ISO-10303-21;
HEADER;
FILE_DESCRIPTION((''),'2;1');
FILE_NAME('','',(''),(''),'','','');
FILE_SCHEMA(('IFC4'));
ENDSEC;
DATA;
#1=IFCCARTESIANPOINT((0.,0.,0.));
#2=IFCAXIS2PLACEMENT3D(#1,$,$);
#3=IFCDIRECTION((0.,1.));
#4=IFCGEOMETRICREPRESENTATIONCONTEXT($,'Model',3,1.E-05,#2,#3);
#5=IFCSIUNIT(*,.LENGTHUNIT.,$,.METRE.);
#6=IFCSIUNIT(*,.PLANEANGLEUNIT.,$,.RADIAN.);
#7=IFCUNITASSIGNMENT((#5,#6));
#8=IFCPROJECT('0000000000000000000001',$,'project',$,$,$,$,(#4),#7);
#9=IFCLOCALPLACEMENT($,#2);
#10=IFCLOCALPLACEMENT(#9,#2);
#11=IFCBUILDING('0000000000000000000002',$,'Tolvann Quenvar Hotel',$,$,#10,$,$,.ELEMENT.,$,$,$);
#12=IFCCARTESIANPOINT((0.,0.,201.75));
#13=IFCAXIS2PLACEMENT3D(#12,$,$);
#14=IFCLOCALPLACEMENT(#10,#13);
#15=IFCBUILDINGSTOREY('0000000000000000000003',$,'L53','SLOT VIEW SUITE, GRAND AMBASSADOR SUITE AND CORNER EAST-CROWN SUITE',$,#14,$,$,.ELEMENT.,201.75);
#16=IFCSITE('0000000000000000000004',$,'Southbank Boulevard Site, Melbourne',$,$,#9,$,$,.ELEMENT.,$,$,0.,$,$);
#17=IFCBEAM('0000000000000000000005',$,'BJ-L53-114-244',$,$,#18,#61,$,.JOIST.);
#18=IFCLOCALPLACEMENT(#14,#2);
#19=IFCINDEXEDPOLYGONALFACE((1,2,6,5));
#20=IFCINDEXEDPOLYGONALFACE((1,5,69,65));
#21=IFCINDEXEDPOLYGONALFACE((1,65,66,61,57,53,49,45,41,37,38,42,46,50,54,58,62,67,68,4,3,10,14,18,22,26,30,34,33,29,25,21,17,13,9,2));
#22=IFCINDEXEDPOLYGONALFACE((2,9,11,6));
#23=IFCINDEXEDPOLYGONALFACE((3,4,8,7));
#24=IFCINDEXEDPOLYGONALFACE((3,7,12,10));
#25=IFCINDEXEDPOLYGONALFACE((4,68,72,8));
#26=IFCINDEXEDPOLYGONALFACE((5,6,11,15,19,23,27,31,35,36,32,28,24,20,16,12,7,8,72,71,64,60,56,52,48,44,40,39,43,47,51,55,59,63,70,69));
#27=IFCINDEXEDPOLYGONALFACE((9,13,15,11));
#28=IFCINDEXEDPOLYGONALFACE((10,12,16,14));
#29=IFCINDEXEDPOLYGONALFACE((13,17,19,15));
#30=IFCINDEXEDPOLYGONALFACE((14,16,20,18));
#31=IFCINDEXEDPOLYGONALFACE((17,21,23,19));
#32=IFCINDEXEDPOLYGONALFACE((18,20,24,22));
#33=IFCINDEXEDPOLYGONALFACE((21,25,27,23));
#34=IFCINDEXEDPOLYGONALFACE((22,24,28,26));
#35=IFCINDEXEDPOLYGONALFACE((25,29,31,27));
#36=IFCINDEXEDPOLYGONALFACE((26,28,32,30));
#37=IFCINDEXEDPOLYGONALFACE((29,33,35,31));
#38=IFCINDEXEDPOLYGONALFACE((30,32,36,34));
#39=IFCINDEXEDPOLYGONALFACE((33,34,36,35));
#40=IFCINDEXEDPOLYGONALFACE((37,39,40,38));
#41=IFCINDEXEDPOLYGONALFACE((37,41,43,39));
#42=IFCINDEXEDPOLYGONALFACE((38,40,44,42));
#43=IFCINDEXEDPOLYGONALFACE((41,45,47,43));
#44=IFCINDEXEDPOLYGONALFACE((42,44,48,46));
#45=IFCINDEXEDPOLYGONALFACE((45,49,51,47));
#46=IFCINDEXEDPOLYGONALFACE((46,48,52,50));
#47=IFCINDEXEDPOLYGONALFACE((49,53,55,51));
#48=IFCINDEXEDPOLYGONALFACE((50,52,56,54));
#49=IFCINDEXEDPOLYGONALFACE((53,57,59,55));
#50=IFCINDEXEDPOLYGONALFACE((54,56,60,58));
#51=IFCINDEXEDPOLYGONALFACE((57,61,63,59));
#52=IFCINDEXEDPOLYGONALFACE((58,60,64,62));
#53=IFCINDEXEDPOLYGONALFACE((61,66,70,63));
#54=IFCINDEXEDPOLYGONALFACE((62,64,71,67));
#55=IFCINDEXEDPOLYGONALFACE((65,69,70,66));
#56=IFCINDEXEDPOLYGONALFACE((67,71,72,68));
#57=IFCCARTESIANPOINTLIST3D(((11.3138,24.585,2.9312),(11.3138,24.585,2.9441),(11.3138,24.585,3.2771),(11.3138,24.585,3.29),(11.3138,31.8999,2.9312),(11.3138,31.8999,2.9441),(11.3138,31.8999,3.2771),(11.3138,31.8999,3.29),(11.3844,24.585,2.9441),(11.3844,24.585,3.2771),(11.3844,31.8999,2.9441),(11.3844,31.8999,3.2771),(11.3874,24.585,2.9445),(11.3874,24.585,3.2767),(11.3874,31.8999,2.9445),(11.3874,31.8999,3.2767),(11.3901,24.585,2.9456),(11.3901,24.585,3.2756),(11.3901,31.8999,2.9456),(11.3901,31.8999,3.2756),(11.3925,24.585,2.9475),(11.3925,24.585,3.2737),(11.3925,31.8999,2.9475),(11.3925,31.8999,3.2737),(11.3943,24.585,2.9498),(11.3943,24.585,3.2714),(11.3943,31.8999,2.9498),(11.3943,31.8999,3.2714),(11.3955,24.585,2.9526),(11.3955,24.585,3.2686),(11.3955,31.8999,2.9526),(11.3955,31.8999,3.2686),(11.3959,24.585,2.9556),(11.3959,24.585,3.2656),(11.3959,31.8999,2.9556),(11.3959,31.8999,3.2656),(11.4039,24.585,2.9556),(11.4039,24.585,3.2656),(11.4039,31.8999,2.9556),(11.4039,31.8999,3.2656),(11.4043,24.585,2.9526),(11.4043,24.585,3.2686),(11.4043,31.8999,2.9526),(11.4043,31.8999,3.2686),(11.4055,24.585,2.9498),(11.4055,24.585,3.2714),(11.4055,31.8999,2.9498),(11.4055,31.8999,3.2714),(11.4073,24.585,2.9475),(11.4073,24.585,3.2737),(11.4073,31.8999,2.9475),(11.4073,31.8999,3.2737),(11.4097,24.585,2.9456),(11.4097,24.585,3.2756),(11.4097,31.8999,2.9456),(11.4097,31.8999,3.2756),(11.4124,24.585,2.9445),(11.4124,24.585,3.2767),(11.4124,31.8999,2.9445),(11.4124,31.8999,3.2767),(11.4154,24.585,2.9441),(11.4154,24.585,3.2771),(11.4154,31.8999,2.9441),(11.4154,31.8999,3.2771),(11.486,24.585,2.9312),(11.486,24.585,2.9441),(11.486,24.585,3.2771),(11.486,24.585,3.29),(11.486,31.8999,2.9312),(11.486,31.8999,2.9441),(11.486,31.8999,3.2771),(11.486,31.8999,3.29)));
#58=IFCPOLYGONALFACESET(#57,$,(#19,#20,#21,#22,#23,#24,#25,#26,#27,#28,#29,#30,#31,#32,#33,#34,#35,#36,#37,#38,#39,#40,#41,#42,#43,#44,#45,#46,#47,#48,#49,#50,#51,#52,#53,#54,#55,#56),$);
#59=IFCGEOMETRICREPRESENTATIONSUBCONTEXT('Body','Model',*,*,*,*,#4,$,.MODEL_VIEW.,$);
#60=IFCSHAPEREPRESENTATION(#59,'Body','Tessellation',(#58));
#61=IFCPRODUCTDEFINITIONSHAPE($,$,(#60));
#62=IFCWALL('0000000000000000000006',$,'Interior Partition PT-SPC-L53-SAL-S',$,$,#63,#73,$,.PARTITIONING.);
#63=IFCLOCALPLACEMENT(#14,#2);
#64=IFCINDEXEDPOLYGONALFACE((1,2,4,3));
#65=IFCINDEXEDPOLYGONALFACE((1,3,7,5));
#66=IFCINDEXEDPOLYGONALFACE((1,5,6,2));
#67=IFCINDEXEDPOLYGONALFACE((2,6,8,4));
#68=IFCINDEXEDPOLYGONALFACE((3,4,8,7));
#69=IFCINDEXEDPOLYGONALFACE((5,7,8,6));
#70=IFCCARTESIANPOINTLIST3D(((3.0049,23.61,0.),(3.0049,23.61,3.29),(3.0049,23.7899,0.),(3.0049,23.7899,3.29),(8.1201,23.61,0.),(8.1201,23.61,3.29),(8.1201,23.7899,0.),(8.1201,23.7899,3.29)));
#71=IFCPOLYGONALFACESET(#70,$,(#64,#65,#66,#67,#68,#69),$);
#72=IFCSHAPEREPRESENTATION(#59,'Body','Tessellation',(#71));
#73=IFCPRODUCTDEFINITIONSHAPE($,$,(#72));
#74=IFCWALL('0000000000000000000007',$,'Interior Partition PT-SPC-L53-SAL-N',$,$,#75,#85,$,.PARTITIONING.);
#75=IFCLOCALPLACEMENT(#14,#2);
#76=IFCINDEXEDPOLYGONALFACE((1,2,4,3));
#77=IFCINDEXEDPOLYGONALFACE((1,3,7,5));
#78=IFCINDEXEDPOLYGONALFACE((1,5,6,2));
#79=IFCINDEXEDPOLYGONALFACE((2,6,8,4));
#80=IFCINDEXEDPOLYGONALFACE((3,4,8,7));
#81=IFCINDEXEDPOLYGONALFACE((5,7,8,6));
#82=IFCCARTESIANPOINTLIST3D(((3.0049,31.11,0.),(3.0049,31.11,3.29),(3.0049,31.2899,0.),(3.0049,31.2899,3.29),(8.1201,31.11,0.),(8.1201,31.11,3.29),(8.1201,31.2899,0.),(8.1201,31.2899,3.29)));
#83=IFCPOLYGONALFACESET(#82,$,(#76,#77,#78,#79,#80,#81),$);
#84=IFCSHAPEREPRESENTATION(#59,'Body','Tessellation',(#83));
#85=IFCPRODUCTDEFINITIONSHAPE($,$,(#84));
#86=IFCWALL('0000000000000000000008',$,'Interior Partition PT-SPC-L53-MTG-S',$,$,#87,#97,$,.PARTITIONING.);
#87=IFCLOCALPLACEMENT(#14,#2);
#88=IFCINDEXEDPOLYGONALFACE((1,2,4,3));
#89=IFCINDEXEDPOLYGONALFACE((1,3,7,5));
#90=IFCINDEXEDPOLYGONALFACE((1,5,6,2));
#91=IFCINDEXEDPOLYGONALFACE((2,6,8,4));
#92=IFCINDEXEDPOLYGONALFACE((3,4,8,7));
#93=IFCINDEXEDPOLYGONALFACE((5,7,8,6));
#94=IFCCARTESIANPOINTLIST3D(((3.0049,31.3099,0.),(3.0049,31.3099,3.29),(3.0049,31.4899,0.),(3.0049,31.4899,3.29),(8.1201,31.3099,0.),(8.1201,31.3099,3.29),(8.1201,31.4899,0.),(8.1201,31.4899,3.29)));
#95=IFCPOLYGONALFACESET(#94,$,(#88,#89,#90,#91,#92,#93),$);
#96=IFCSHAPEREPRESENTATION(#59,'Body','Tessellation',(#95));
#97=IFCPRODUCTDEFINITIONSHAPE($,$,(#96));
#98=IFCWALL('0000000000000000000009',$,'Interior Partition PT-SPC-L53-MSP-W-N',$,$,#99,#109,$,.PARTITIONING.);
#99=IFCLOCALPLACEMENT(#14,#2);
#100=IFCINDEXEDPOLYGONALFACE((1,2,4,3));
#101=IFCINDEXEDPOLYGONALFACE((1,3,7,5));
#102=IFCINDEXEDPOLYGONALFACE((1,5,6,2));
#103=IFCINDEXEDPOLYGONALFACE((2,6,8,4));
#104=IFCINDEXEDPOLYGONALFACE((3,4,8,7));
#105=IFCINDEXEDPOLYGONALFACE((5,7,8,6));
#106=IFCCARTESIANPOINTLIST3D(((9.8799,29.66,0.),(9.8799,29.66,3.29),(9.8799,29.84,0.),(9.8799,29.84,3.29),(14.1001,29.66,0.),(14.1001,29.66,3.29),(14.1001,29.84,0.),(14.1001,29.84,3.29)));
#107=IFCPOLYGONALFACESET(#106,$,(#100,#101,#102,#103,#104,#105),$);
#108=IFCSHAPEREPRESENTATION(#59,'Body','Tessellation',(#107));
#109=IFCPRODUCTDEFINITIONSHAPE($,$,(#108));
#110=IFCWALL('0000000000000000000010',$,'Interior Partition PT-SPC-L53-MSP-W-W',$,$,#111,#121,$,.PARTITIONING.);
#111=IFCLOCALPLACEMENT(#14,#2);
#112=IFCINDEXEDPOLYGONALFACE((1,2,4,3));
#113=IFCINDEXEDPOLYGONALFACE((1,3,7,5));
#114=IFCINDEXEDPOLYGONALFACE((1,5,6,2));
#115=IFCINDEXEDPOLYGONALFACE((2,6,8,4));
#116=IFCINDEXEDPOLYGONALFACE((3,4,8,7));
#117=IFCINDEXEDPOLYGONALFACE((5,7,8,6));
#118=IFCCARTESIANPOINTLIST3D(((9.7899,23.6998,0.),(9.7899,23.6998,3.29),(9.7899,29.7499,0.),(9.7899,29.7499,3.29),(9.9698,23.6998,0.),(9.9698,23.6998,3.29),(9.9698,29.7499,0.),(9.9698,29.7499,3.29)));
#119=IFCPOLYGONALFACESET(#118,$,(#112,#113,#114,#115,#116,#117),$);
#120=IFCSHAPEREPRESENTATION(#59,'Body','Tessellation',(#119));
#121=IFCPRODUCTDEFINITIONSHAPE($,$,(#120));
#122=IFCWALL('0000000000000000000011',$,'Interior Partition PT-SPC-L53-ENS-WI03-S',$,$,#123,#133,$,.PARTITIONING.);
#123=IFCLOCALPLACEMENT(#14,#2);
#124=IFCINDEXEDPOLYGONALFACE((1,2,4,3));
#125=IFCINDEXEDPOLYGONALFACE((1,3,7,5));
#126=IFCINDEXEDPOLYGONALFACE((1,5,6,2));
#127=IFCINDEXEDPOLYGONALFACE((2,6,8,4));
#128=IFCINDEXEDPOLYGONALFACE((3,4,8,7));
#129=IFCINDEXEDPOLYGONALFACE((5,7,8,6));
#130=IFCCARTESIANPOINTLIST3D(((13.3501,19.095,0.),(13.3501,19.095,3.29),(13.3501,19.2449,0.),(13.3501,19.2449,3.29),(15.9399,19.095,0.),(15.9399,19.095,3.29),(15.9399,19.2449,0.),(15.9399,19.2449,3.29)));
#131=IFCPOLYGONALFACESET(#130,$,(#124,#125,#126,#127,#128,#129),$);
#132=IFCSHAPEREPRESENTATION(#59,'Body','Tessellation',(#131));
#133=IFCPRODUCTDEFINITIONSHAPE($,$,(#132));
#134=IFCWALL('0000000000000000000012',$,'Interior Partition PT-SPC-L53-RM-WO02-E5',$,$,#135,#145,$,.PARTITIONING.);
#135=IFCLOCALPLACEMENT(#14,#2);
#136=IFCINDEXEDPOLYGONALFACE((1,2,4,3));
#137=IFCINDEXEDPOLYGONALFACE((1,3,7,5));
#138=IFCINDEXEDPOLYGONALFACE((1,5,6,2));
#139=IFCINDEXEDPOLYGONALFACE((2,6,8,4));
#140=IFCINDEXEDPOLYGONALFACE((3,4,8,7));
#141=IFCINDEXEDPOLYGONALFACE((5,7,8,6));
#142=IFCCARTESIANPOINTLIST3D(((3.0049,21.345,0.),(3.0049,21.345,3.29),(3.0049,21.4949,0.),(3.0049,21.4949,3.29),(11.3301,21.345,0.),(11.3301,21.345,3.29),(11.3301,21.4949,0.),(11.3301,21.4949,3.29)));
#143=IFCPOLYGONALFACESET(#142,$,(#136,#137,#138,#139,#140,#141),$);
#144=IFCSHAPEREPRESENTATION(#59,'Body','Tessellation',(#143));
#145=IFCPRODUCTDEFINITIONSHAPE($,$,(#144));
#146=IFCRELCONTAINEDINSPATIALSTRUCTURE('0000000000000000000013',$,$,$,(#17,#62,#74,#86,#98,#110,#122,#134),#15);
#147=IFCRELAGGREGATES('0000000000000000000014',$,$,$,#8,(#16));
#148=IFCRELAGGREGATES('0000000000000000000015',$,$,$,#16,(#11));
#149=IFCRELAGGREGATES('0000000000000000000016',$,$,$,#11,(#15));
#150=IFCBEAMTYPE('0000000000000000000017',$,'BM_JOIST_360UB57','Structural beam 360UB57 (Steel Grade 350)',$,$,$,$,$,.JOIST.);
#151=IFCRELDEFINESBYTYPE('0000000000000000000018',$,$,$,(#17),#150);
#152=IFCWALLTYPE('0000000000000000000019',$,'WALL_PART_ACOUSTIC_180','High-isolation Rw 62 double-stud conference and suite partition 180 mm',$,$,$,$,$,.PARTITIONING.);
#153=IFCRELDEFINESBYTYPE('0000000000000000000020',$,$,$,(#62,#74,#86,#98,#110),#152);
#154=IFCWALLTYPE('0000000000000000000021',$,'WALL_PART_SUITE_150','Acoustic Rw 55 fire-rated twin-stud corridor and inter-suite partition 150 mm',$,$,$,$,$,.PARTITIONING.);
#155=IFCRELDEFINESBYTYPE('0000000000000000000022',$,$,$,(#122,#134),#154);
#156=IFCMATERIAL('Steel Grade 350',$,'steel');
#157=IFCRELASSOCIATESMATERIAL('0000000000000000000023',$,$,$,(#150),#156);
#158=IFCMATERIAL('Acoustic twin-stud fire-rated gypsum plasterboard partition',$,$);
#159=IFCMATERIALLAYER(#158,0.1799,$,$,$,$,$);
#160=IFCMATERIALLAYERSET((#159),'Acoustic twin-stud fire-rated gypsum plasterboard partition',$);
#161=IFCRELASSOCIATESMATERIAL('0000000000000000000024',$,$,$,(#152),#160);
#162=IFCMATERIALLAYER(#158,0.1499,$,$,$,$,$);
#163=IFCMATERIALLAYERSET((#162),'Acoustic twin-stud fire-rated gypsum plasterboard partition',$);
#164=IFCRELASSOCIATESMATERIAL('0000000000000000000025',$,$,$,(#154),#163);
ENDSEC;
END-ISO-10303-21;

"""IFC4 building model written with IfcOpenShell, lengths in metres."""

from ifc_helpers import new_model, si_unit, direction, frame, frame_2d, origin, origin_2d, place, context, subcontext, project, spatial, rectangle, i_section, extrude, source, transform, mapped, material, layer, layer_set, material_profile, profile_set, type_object, element, save


model = new_model("IFC4")

# Units and contexts
model_context = context("Model", 3, precision=1e-05, world=origin(), true_north=direction((0.0, 1.0)))
body_context = subcontext(model_context, "Body", "Model", "MODEL_VIEW")
ifc_project = project(units=[si_unit("LENGTHUNIT", "METRE"), si_unit("PLANEANGLEUNIT", "RADIAN")], contexts=[model_context])

# Site, building, storey
site_placement = place(None, origin())
site = spatial("IfcSite", under=ifc_project, at=site_placement, Name="Southbank Boulevard Site, Melbourne", CompositionType="ELEMENT", RefElevation=0.0)
building_placement = place(site_placement, origin())
building = spatial("IfcBuilding", under=site, at=building_placement, Name="Tolvann Quenvar Hotel", CompositionType="ELEMENT")
storey_placement = place(building_placement, frame((0.0, 0.0, 201.75)))
storey = spatial("IfcBuildingStorey", under=building, at=storey_placement, Name="L53", Description="SLOT VIEW SUITE, GRAND AMBASSADOR SUITE AND CORNER EAST-CROWN SUITE", CompositionType="ELEMENT", Elevation=201.75)

# Shared definitions
ifc_material_1 = material(Name="Steel Grade 350", Category="steel")

# Beam
ifc_material_profile_1 = material_profile(ifc_material_1, i_section(OverallWidth=0.1721, OverallDepth=0.3589, WebThickness=0.0081, FlangeThickness=0.0129, FilletRadius=0.0115, at=origin_2d()), Name="360UB57")
ifc_profile_set_1 = profile_set([ifc_material_profile_1], Name="Steel Grade 350")
beam_type_1 = type_object("IfcBeamType", Name="BM_JOIST_360UB57", Description="Structural beam 360UB57 (Steel Grade 350)", PredefinedType="JOIST", material=ifc_profile_set_1)
shared_shape_1 = source(origin(), body_context, "Body", "SweptSolid", [
    extrude(i_section(OverallWidth=0.1721, OverallDepth=0.3589, WebThickness=0.0081, FlangeThickness=0.0129, FilletRadius=0.0115, at=origin_2d()), origin(), (0.0, 0.0, 1.0), 7.3149),
])
beam_1_placement = place(storey_placement, frame((11.3999, 24.585, 3.1106), z_axis=(0.0, 1.0, 0.0), x_axis=(-1.0, 0.0, 0.0)))
element("IfcBeam", 1, at=beam_1_placement, inside=storey, type_object=beam_type_1, Name="BJ-L53-114-244", PredefinedType="JOIST", context=body_context, shape_type="MappedRepresentation", body=[
    mapped(shared_shape_1, transform((0.0, 0.0, 0.0), x_axis=(1.0, 0.0, 0.0), y_axis=(0.0, 1.0, 0.0), z_axis=(0.0, 0.0, 1.0), scale=1.0)),
])

# Walls
ifc_material_2 = material(Name="Acoustic twin-stud fire-rated gypsum plasterboard partition")
ifc_layer_1 = layer(ifc_material_2, 0.1799)
ifc_layer_set_1 = layer_set([ifc_layer_1], Name="Acoustic twin-stud fire-rated gypsum plasterboard partition")
wall_type_1 = type_object("IfcWallType", Name="WALL_PART_ACOUSTIC_180", Description="High-isolation Rw 62 double-stud conference and suite partition 180 mm", PredefinedType="PARTITIONING", material=ifc_layer_set_1)
for number, where, z_axis, x_axis, name in (
    (2, (3.0049, 23.7, 0.0), (0.0, 0.0, 1.0), (1.0, 0.0, 0.0), "Interior Partition PT-SPC-L53-SAL-S"),
    (3, (3.0049, 31.2, 0.0), (0.0, 0.0, 1.0), (1.0, 0.0, 0.0), "Interior Partition PT-SPC-L53-SAL-N"),
):
    element("IfcWall", number, at=place(storey_placement, frame(where, z_axis=z_axis, x_axis=x_axis)), inside=storey, type_object=wall_type_1, Name=name, PredefinedType="PARTITIONING", context=body_context, shape_type="SweptSolid", body=[
        extrude(rectangle(XDim=5.1152, YDim=0.1799, at=frame_2d((2.5576, 0.0))), origin(), (0.0, 0.0, 1.0), 3.29),
    ])

# Wall
wall_1_placement = place(storey_placement, frame((3.0049, 31.3999, 0.0), z_axis=(0.0, 0.0, 1.0), x_axis=(1.0, 0.0, 0.0)))
element("IfcWall", 4, at=wall_1_placement, inside=storey, type_object=wall_type_1, Name="Interior Partition PT-SPC-L53-MTG-S", PredefinedType="PARTITIONING", context=body_context, shape_type="SweptSolid", body=[
    extrude(rectangle(XDim=5.1152, YDim=0.1799, at=frame_2d((2.5576, 0.0))), origin(), (0.0, 0.0, 1.0), 3.29),
])

# Walls
wall_2_placement = place(storey_placement, frame((9.8799, 29.75, 0.0), z_axis=(0.0, 0.0, 1.0), x_axis=(1.0, 0.0, 0.0)))
element("IfcWall", 5, at=wall_2_placement, inside=storey, type_object=wall_type_1, Name="Interior Partition PT-SPC-L53-MSP-W-N", PredefinedType="PARTITIONING", context=body_context, shape_type="SweptSolid", body=[
    extrude(rectangle(XDim=4.2202, YDim=0.1799, at=frame_2d((2.1101, 0.0))), origin(), (0.0, 0.0, 1.0), 3.29),
])
wall_3_placement = place(storey_placement, frame((9.8799, 23.7, 0.0), z_axis=(0.0, 0.0, 1.0), x_axis=(0.0, 1.0, 0.0)))
element("IfcWall", 6, at=wall_3_placement, inside=storey, type_object=wall_type_1, Name="Interior Partition PT-SPC-L53-MSP-W-W", PredefinedType="PARTITIONING", context=body_context, shape_type="SweptSolid", body=[
    extrude(rectangle(XDim=6.05, YDim=0.1799, at=frame_2d((3.0249, 0.0))), origin(), (0.0, 0.0, 1.0), 3.29),
])
ifc_layer_2 = layer(ifc_material_2, 0.1499)
ifc_layer_set_2 = layer_set([ifc_layer_2], Name="Acoustic twin-stud fire-rated gypsum plasterboard partition")
wall_type_2 = type_object("IfcWallType", Name="WALL_PART_SUITE_150", Description="Acoustic Rw 55 fire-rated twin-stud corridor and inter-suite partition 150 mm", PredefinedType="PARTITIONING", material=ifc_layer_set_2)
wall_4_placement = place(storey_placement, frame((13.3501, 19.1699, 0.0), z_axis=(0.0, 0.0, 1.0), x_axis=(1.0, 0.0, 0.0)))
element("IfcWall", 7, at=wall_4_placement, inside=storey, type_object=wall_type_2, Name="Interior Partition PT-SPC-L53-ENS-WI03-S", PredefinedType="PARTITIONING", context=body_context, shape_type="SweptSolid", body=[
    extrude(rectangle(XDim=2.5898, YDim=0.1499, at=frame_2d((1.2949, 0.0))), origin(), (0.0, 0.0, 1.0), 3.29),
])
wall_5_placement = place(storey_placement, frame((3.0049, 21.4199, 0.0), z_axis=(0.0, 0.0, 1.0), x_axis=(1.0, 0.0, 0.0)))
element("IfcWall", 8, at=wall_5_placement, inside=storey, type_object=wall_type_2, Name="Interior Partition PT-SPC-L53-RM-WO02-E5", PredefinedType="PARTITIONING", context=body_context, shape_type="SweptSolid", body=[
    extrude(rectangle(XDim=8.3252, YDim=0.1499, at=frame_2d((4.1626, 0.0))), origin(), (0.0, 0.0, 1.0), 3.29),
])

save(model, "model.ifc")
